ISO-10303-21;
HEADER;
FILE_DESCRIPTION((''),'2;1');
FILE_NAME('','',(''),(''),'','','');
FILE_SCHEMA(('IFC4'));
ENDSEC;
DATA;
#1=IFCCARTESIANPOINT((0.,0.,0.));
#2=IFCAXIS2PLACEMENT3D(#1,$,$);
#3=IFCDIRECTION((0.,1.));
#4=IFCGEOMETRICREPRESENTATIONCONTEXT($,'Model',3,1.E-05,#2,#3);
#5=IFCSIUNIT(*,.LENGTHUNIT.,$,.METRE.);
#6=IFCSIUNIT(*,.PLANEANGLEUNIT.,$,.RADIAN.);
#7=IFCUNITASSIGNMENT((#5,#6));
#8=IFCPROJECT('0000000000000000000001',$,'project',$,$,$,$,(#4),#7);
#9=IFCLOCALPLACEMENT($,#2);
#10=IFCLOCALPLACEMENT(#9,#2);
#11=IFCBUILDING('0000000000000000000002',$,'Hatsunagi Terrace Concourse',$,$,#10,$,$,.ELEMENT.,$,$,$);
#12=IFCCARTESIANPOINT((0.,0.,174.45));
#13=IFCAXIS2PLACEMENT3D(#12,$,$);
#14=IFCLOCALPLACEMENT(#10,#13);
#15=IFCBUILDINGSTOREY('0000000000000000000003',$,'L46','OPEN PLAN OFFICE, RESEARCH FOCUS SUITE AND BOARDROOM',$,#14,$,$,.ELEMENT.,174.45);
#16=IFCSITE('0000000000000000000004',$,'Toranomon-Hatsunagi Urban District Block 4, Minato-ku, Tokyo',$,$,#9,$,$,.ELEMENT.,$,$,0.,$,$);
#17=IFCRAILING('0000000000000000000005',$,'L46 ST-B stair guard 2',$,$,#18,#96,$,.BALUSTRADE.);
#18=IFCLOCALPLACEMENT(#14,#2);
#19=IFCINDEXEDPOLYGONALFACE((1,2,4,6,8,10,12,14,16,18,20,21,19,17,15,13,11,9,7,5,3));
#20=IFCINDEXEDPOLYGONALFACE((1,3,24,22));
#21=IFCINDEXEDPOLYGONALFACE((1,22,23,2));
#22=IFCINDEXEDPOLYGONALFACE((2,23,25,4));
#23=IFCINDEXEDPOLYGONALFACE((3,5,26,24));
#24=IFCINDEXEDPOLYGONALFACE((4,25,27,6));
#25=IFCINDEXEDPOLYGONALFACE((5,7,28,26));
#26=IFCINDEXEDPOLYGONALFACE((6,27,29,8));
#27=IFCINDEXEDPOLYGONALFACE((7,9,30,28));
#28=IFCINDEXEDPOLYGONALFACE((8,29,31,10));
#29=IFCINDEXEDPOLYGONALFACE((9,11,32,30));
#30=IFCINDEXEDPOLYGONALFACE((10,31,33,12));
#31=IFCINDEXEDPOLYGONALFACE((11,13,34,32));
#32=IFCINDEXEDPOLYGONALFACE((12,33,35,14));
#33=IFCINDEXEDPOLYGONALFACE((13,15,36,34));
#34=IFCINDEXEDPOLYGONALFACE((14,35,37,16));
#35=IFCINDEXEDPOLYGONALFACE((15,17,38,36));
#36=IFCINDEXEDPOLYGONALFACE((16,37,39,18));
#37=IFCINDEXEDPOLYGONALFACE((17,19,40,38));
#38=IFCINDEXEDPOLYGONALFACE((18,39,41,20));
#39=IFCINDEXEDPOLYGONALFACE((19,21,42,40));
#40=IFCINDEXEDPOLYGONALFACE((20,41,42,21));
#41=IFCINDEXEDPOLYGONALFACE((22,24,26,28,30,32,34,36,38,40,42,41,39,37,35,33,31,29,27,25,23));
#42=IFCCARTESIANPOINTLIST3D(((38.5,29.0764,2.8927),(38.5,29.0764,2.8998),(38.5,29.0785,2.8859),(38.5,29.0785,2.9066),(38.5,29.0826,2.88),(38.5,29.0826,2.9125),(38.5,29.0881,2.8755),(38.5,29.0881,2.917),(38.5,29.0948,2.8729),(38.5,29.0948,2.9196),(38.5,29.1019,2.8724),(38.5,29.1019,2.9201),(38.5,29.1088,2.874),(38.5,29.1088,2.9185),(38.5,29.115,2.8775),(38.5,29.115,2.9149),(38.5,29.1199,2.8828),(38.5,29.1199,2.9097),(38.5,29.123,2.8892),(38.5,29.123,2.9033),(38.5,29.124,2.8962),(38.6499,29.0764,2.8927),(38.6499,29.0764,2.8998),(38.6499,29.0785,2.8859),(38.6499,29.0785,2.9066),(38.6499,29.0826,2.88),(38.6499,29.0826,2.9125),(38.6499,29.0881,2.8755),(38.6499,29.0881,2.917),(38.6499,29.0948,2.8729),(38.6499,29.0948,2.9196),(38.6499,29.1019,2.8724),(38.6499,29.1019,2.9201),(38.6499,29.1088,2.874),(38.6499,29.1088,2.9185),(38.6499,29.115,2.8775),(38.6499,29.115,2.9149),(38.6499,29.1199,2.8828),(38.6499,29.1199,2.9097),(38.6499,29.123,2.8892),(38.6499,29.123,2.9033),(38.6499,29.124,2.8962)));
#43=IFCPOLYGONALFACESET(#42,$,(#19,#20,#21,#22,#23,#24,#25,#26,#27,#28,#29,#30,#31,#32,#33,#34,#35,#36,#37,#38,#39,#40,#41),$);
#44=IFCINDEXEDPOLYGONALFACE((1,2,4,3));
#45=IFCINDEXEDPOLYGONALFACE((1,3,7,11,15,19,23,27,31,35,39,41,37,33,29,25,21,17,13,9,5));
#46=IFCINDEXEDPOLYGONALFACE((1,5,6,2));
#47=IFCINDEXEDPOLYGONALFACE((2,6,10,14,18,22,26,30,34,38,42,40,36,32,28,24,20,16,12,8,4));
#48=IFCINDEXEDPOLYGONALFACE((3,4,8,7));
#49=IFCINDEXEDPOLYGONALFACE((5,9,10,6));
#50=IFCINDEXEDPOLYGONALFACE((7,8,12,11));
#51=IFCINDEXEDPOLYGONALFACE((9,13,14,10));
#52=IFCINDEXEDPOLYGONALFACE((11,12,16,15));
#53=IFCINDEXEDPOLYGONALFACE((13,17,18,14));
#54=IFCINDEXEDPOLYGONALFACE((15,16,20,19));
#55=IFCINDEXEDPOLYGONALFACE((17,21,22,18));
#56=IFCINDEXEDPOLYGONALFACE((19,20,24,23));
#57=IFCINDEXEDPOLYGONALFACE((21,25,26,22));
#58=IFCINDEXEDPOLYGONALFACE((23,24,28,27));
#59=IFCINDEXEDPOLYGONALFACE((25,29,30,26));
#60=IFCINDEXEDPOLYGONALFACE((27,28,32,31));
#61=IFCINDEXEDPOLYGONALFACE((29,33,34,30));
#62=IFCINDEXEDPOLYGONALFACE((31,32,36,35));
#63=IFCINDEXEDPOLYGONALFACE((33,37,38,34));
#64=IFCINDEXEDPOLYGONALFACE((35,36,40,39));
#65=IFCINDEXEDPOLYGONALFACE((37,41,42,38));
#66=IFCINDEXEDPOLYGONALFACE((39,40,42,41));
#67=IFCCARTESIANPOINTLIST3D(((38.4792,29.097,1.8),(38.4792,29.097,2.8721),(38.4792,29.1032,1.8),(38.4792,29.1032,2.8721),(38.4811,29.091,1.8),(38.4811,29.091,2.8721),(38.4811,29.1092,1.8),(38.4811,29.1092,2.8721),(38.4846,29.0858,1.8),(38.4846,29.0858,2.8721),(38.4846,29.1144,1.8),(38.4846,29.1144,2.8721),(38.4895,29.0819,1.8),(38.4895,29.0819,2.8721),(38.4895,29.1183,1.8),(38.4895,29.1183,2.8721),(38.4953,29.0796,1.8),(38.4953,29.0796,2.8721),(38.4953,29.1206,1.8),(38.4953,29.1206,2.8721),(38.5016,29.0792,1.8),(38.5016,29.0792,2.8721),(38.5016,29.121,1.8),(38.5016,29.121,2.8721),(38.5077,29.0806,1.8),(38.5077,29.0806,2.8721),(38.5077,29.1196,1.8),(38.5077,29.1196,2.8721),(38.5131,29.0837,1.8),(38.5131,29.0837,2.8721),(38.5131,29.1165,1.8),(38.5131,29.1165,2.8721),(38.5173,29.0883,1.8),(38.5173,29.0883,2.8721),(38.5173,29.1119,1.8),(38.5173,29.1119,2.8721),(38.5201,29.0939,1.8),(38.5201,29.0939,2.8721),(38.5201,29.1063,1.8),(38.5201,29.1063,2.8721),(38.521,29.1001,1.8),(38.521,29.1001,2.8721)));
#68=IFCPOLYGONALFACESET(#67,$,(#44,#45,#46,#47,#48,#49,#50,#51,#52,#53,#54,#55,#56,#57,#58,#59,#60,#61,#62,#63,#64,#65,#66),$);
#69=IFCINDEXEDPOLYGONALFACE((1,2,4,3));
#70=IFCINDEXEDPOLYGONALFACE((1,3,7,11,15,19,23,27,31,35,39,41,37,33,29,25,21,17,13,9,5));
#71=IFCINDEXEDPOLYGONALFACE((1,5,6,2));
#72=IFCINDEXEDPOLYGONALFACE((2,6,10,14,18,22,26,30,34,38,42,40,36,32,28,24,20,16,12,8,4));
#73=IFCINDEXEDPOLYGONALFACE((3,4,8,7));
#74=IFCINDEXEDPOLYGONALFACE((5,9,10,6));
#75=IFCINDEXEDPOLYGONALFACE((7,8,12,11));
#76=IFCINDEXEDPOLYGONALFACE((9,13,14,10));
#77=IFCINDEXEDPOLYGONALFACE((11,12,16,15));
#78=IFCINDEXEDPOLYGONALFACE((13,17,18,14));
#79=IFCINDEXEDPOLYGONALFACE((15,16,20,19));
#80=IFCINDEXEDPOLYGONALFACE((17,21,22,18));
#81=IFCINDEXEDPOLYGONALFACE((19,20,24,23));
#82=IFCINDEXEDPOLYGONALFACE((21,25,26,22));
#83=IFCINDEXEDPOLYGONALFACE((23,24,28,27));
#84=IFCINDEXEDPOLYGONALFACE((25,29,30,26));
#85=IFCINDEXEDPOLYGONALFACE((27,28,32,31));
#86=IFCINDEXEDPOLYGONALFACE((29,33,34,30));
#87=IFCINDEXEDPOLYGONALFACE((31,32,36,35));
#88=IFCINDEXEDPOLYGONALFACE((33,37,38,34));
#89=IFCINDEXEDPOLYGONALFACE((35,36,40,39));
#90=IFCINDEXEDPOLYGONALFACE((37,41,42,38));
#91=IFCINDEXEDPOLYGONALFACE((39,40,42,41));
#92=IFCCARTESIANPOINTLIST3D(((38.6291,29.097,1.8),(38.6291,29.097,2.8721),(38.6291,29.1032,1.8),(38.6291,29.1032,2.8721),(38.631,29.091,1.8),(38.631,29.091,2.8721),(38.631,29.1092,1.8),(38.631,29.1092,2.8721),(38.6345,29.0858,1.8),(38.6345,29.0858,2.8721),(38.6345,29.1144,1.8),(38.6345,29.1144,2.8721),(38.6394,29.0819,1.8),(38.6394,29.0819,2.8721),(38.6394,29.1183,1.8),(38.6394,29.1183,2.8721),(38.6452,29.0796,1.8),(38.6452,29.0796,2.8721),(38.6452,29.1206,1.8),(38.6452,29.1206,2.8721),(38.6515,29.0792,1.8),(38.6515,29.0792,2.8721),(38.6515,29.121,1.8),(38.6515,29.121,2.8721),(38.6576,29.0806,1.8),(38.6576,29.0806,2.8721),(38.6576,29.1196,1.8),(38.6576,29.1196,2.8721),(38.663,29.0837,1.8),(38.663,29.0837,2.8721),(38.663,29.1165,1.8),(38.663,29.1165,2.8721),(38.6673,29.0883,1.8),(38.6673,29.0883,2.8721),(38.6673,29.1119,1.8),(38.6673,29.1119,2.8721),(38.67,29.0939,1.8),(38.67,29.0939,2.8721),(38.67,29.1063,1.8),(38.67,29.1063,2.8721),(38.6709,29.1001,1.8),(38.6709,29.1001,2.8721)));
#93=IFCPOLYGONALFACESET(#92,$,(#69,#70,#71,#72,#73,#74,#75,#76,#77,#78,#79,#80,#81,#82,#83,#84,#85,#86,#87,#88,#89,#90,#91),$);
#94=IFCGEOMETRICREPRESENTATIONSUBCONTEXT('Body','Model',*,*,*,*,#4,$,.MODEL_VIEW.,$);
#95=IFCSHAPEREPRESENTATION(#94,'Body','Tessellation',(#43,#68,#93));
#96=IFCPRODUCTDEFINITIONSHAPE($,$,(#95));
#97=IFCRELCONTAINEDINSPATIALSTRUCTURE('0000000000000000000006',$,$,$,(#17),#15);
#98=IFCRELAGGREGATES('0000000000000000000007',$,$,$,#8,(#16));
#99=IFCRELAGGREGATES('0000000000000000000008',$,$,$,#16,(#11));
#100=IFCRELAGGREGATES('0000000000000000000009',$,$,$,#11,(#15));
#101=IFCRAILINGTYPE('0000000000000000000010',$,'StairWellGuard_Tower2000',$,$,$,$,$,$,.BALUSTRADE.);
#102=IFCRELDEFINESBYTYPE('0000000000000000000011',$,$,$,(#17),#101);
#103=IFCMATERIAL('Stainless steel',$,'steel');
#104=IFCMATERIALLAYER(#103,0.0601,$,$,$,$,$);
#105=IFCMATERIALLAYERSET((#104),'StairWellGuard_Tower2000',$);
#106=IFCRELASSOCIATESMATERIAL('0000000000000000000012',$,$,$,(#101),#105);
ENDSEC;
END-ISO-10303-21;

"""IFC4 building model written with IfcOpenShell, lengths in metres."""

from ifc_helpers import new_model, si_unit, direction, frame, origin, origin_2d, place, context, subcontext, project, spatial, circle, extrude, material, layer, layer_set, type_object, element, save


model = new_model("IFC4")

# Units and contexts
model_context = context("Model", 3, precision=1e-05, world=origin(), true_north=direction((0.0, 1.0)))
body_context = subcontext(model_context, "Body", "Model", "MODEL_VIEW")
ifc_project = project(units=[si_unit("LENGTHUNIT", "METRE"), si_unit("PLANEANGLEUNIT", "RADIAN")], contexts=[model_context])

# Site, building, storey
site_placement = place(None, origin())
site = spatial("IfcSite", under=ifc_project, at=site_placement, Name="Toranomon-Hatsunagi Urban District Block 4, Minato-ku, Tokyo", CompositionType="ELEMENT", RefElevation=0.0)
building_placement = place(site_placement, origin())
building = spatial("IfcBuilding", under=site, at=building_placement, Name="Hatsunagi Terrace Concourse", CompositionType="ELEMENT")
storey_placement = place(building_placement, frame((0.0, 0.0, 174.45)))
storey = spatial("IfcBuildingStorey", under=building, at=storey_placement, Name="L46", Description="OPEN PLAN OFFICE, RESEARCH FOCUS SUITE AND BOARDROOM", CompositionType="ELEMENT", Elevation=174.45)

# Railing
ifc_material_1 = material(Name="Stainless steel", Category="steel")
ifc_layer_1 = layer(ifc_material_1, 0.0601)
ifc_layer_set_1 = layer_set([ifc_layer_1], Name="StairWellGuard_Tower2000")
railing_type = type_object("IfcRailingType", Name="StairWellGuard_Tower2000", PredefinedType="BALUSTRADE", material=ifc_layer_set_1)
railing_placement = place(storey_placement, frame((38.5, 29.1001, 1.8)))
element("IfcRailing", 1, at=railing_placement, inside=storey, type_object=railing_type, Name="L46 ST-B stair guard 2", PredefinedType="BALUSTRADE", context=body_context, shape_type="SweptSolid", body=[
    extrude(circle(Radius=0.0239, at=origin_2d()), frame((0.0, 0.0, 1.0962), z_axis=(1.0, 0.0, 0.0), x_axis=(0.0, 1.0, 0.0)), (0.0, 0.0, 1.0), 0.1499),
    extrude(circle(Radius=0.021, at=origin_2d()), origin(), (0.0, 0.0, 1.0), 1.072),
    extrude(circle(Radius=0.021, at=origin_2d()), frame((0.1499, 0.0, 0.0)), (0.0, 0.0, 1.0), 1.072),
])

save(model, "model.ifc")
